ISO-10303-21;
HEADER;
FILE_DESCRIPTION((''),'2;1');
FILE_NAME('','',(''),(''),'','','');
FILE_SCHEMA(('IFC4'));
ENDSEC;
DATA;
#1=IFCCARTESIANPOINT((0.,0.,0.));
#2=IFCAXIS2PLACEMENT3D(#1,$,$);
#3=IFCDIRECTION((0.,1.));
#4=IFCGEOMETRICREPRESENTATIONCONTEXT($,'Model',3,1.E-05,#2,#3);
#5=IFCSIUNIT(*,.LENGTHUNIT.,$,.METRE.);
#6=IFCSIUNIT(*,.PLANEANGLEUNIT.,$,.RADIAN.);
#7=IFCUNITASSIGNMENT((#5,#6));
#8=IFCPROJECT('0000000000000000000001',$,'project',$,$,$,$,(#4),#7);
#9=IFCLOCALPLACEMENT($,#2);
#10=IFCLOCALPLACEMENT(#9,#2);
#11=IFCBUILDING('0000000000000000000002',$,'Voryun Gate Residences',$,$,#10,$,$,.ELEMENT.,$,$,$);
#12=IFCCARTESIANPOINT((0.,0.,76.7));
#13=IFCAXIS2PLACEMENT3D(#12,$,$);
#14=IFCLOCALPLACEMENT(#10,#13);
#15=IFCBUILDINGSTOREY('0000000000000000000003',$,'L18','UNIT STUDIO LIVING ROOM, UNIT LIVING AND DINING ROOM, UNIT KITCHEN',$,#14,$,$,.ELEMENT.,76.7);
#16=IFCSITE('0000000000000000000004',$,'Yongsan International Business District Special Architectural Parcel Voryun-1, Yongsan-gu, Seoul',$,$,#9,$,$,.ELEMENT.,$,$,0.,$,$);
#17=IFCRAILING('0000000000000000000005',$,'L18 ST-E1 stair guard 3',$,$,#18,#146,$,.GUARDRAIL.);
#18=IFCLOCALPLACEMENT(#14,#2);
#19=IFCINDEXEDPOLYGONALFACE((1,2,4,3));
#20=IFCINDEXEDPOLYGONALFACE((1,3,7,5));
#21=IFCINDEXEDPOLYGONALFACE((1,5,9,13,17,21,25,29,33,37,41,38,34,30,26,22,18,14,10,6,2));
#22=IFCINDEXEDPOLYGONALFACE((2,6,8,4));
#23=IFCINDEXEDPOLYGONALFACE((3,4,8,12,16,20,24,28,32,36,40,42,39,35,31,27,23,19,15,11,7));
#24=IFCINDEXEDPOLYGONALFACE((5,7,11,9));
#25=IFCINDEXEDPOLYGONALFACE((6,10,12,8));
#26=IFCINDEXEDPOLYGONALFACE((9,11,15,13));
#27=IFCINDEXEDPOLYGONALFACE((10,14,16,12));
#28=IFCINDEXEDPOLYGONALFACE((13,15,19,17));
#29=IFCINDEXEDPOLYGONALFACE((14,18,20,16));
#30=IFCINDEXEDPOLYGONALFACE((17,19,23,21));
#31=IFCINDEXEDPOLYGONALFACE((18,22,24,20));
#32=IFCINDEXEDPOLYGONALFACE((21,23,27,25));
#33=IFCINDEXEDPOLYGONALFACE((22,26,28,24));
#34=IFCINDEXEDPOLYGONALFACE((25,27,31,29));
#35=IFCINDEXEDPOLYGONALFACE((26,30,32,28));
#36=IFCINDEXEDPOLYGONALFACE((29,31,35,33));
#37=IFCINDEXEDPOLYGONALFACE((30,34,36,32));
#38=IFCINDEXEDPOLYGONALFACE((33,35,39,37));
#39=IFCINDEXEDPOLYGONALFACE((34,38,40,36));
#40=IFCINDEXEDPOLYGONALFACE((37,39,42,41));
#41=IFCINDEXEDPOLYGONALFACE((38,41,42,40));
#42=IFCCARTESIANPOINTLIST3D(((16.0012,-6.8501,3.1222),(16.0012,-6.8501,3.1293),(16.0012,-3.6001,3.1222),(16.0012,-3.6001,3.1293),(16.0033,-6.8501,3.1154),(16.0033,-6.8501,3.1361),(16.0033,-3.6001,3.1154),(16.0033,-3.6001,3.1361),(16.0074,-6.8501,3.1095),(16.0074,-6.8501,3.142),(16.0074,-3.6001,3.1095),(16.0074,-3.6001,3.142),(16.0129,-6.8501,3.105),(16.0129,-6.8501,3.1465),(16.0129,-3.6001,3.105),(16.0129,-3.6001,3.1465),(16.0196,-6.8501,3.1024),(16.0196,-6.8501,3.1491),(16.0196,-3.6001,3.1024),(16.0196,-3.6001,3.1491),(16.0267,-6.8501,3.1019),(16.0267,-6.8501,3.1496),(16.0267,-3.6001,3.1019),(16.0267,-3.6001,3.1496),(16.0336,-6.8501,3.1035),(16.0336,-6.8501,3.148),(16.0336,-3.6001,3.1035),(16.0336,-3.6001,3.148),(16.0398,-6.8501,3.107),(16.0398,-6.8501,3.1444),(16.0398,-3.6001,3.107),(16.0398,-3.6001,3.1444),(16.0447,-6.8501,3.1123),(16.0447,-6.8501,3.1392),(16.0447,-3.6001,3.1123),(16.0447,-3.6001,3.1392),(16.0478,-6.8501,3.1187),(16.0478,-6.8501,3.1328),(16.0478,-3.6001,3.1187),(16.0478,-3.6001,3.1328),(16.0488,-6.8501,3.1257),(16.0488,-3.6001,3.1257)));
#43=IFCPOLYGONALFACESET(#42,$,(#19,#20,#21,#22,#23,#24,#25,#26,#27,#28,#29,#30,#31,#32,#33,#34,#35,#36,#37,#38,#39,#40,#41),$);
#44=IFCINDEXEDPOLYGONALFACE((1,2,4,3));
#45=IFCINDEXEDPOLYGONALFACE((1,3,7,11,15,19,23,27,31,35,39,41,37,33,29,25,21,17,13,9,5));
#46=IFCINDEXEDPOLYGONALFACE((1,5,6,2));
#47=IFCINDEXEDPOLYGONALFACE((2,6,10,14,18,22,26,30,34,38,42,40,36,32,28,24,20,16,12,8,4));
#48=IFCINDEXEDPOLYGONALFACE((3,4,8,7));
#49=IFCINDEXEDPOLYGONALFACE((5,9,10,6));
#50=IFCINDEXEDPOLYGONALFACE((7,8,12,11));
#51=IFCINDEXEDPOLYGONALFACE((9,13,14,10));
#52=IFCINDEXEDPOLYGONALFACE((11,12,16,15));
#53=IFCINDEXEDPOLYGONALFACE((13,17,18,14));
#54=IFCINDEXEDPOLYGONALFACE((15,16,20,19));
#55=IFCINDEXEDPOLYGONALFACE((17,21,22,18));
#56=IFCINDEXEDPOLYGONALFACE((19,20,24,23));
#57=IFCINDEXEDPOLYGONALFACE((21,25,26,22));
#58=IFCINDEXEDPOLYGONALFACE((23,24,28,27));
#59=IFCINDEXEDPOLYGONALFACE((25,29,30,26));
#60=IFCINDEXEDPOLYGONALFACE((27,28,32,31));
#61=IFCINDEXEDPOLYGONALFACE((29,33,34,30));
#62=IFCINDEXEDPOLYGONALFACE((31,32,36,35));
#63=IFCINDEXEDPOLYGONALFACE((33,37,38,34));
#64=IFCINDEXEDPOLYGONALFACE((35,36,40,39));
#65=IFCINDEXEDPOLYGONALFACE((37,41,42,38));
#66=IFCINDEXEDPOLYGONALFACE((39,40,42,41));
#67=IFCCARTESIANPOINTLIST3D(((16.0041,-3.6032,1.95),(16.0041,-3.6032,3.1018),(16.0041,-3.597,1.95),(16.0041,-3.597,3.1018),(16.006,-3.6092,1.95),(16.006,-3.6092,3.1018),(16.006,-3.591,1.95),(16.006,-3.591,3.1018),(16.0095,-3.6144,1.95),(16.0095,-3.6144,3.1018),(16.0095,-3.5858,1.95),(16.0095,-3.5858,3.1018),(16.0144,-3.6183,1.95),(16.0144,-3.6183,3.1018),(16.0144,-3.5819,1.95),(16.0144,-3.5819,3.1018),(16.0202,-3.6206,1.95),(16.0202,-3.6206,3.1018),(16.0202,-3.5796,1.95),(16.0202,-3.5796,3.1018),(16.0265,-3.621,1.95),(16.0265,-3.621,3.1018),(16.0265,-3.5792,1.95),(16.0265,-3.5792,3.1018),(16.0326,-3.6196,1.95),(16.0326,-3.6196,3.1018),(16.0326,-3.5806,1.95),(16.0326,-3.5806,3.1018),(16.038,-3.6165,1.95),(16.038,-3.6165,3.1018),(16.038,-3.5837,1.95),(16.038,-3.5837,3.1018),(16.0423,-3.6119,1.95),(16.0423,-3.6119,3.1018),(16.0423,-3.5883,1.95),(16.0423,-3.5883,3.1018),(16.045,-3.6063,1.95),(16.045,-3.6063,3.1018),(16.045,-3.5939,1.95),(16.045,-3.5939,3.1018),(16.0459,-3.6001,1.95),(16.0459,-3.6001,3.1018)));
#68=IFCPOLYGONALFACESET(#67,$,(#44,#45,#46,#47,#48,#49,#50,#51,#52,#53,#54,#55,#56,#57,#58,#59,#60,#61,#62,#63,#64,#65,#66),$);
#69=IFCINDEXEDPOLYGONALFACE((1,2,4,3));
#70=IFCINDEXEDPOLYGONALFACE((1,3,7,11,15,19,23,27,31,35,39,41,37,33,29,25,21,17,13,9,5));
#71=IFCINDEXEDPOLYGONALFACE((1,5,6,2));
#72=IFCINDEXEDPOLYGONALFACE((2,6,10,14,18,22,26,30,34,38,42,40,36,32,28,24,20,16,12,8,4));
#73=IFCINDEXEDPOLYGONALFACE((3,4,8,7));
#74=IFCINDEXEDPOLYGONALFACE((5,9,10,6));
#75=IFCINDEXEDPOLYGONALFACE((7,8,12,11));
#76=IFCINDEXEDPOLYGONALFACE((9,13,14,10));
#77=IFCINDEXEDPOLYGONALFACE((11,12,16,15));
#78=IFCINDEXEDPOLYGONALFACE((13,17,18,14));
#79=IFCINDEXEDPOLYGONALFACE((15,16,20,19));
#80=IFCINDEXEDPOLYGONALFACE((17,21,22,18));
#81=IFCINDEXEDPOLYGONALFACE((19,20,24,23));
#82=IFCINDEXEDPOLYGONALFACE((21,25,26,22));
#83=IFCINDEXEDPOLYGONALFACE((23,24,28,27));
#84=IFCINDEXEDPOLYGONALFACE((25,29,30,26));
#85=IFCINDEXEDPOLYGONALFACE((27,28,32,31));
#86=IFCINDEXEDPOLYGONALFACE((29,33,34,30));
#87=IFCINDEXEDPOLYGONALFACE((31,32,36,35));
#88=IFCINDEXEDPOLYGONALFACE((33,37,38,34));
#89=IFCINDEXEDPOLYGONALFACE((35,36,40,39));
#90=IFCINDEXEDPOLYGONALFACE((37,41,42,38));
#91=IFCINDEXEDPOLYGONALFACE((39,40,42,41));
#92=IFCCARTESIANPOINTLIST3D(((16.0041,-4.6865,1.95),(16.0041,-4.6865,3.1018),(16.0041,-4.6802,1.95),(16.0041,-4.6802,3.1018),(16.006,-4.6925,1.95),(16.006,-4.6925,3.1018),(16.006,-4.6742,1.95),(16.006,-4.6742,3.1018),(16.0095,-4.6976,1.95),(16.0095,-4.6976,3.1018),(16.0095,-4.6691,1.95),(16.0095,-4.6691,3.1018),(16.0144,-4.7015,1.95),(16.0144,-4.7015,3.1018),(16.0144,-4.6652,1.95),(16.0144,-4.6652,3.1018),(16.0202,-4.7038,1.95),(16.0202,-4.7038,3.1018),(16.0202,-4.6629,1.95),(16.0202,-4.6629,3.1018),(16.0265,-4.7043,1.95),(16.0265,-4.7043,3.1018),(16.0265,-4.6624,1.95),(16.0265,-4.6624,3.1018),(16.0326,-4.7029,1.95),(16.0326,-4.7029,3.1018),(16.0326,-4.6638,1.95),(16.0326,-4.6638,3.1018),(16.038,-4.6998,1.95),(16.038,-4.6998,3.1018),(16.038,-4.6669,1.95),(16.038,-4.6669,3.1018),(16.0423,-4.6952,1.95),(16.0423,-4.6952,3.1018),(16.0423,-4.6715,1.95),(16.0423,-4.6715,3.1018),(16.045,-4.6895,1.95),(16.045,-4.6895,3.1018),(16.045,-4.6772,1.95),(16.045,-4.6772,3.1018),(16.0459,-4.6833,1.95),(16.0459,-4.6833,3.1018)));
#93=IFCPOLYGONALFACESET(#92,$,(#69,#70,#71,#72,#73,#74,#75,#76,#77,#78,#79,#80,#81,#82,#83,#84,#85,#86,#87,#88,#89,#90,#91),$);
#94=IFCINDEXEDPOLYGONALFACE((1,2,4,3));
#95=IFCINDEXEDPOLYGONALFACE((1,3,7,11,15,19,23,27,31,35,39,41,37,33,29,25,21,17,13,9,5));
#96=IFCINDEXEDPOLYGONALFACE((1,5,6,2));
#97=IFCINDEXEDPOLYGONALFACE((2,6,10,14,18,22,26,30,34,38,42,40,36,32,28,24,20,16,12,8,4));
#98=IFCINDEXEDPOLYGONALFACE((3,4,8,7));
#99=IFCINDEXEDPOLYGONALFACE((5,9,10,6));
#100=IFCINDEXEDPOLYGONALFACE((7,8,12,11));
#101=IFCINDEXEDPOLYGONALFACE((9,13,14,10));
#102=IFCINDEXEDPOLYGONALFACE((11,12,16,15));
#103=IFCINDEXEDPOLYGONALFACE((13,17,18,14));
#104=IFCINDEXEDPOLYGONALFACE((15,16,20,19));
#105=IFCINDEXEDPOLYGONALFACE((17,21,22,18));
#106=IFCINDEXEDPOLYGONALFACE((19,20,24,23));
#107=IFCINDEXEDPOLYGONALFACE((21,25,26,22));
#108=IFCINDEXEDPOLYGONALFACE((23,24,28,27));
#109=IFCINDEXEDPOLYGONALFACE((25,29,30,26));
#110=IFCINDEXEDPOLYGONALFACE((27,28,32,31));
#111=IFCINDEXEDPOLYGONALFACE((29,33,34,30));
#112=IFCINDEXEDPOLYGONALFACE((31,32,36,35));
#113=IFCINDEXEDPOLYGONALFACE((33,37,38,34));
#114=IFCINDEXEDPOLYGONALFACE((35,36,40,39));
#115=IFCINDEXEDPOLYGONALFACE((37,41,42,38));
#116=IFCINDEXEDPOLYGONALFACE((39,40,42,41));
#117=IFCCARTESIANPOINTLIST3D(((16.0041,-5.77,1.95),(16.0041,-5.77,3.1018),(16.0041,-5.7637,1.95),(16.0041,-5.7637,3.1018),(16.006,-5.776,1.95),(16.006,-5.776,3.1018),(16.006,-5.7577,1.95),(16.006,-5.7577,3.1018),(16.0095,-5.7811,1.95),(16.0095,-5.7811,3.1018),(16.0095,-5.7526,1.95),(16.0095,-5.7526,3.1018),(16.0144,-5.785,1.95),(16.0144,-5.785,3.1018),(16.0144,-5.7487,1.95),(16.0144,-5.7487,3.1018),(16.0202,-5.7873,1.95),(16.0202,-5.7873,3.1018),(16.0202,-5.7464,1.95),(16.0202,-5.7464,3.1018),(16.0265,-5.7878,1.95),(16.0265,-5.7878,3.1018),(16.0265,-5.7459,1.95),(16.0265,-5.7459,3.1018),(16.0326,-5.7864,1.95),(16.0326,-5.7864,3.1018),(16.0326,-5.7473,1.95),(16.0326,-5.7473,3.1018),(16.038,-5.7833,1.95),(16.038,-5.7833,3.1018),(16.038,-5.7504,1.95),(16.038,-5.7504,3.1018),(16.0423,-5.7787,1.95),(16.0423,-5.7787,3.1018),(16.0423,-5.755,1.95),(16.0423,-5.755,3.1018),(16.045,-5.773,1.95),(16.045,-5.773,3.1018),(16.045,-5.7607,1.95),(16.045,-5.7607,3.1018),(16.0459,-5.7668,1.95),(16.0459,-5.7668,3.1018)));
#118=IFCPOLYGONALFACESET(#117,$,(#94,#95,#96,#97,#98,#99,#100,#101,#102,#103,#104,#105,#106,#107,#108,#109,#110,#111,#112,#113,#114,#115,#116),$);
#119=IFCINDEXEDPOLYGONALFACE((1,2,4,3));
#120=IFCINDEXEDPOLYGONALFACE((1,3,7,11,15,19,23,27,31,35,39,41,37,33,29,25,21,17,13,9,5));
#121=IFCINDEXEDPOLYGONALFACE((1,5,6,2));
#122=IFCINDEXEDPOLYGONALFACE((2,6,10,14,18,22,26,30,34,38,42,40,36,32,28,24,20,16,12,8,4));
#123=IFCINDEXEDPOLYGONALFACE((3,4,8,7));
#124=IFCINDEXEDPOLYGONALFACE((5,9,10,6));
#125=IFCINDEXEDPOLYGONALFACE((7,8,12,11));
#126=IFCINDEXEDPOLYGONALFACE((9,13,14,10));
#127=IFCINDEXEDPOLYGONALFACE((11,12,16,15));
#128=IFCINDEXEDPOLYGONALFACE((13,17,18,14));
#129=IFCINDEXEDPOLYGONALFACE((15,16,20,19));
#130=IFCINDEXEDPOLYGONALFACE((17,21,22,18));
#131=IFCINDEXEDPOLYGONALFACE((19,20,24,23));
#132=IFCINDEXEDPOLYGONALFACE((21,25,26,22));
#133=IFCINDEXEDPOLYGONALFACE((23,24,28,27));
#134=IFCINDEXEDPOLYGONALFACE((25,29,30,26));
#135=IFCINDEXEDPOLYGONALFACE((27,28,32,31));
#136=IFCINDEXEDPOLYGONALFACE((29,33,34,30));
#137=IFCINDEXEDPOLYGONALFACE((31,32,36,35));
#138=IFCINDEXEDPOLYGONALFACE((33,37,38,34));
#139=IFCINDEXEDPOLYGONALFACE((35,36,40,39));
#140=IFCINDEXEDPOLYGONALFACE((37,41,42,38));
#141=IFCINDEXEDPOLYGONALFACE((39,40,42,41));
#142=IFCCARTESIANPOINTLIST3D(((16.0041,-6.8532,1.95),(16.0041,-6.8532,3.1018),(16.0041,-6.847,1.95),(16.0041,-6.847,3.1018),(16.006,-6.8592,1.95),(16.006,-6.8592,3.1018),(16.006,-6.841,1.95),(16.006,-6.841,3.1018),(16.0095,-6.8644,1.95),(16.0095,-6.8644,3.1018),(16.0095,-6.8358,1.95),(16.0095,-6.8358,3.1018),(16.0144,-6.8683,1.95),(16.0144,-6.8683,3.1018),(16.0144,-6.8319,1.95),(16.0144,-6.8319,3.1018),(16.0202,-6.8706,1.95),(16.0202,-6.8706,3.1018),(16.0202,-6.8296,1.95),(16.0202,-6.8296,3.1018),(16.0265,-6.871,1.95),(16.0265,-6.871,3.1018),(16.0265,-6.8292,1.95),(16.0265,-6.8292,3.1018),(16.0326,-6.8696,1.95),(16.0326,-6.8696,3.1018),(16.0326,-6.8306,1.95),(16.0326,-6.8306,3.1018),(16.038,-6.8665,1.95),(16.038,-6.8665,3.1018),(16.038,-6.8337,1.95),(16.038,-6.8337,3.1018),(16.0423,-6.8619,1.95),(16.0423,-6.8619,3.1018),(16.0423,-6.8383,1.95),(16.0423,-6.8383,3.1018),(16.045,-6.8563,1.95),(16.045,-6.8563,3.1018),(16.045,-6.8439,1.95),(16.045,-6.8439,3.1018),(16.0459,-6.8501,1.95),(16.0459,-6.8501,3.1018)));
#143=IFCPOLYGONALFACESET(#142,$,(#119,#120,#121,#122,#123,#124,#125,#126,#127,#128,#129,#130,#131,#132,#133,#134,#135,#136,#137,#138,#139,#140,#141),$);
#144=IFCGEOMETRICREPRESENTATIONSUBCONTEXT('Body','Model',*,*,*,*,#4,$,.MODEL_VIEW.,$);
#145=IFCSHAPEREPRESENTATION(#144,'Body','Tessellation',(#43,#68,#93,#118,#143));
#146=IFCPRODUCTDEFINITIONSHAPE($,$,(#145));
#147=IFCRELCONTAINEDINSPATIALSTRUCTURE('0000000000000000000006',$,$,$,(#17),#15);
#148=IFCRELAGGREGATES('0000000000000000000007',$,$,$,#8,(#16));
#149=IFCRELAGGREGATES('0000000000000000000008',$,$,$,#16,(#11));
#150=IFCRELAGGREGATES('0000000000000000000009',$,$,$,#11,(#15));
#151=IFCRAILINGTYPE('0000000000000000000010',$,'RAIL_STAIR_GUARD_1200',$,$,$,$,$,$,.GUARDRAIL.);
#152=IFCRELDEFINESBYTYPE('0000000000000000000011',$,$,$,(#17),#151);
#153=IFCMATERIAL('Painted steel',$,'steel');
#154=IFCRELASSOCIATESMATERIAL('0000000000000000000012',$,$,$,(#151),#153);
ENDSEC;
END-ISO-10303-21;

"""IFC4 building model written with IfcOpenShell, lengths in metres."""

from ifc_helpers import new_model, si_unit, direction, frame, origin, origin_2d, place, context, subcontext, project, spatial, circle, extrude, material, type_object, element, save


model = new_model("IFC4")

# Units and contexts
model_context = context("Model", 3, precision=1e-05, world=origin(), true_north=direction((0.0, 1.0)))
body_context = subcontext(model_context, "Body", "Model", "MODEL_VIEW")
ifc_project = project(units=[si_unit("LENGTHUNIT", "METRE"), si_unit("PLANEANGLEUNIT", "RADIAN")], contexts=[model_context])

# Site, building, storey
site_placement = place(None, origin())
site = spatial("IfcSite", under=ifc_project, at=site_placement, Name="Yongsan International Business District Special Architectural Parcel Voryun-1, Yongsan-gu, Seoul", CompositionType="ELEMENT", RefElevation=0.0)
building_placement = place(site_placement, origin())
building = spatial("IfcBuilding", under=site, at=building_placement, Name="Voryun Gate Residences", CompositionType="ELEMENT")
storey_placement = place(building_placement, frame((0.0, 0.0, 76.7)))
storey = spatial("IfcBuildingStorey", under=building, at=storey_placement, Name="L18", Description="UNIT STUDIO LIVING ROOM, UNIT LIVING AND DINING ROOM, UNIT KITCHEN", CompositionType="ELEMENT", Elevation=76.7)

# Railing
ifc_material_1 = material(Name="Painted steel", Category="steel")
railing_type_1 = type_object("IfcRailingType", Name="RAIL_STAIR_GUARD_1200", PredefinedType="GUARDRAIL", material=ifc_material_1)
for number, where, name in (
    (1, (16.0249, -3.6001, 1.95), "L18 ST-E1 stair guard 3"),
):
    element("IfcRailing", number, at=place(storey_placement, frame(where)), inside=storey, type_object=railing_type_1, Name=name, PredefinedType="GUARDRAIL", context=body_context, shape_type="SweptSolid", body=[
        extrude(circle(Radius=0.0239, at=origin_2d()), frame((0.0, 0.0, 1.1758), z_axis=(0.0, -1.0, 0.0), x_axis=(1.0, 0.0, 0.0)), (0.0, 0.0, 1.0), 3.25),
        extrude(circle(Radius=0.021, at=origin_2d()), origin(), (0.0, 0.0, 1.0), 1.1519),
        extrude(circle(Radius=0.021, at=origin_2d()), frame((0.0, -1.0833, 0.0)), (0.0, 0.0, 1.0), 1.1519),
        extrude(circle(Radius=0.021, at=origin_2d()), frame((0.0, -2.1667, 0.0)), (0.0, 0.0, 1.0), 1.1519),
        extrude(circle(Radius=0.021, at=origin_2d()), frame((0.0, -3.25, 0.0)), (0.0, 0.0, 1.0), 1.1519),
    ])

save(model, "model.ifc")
